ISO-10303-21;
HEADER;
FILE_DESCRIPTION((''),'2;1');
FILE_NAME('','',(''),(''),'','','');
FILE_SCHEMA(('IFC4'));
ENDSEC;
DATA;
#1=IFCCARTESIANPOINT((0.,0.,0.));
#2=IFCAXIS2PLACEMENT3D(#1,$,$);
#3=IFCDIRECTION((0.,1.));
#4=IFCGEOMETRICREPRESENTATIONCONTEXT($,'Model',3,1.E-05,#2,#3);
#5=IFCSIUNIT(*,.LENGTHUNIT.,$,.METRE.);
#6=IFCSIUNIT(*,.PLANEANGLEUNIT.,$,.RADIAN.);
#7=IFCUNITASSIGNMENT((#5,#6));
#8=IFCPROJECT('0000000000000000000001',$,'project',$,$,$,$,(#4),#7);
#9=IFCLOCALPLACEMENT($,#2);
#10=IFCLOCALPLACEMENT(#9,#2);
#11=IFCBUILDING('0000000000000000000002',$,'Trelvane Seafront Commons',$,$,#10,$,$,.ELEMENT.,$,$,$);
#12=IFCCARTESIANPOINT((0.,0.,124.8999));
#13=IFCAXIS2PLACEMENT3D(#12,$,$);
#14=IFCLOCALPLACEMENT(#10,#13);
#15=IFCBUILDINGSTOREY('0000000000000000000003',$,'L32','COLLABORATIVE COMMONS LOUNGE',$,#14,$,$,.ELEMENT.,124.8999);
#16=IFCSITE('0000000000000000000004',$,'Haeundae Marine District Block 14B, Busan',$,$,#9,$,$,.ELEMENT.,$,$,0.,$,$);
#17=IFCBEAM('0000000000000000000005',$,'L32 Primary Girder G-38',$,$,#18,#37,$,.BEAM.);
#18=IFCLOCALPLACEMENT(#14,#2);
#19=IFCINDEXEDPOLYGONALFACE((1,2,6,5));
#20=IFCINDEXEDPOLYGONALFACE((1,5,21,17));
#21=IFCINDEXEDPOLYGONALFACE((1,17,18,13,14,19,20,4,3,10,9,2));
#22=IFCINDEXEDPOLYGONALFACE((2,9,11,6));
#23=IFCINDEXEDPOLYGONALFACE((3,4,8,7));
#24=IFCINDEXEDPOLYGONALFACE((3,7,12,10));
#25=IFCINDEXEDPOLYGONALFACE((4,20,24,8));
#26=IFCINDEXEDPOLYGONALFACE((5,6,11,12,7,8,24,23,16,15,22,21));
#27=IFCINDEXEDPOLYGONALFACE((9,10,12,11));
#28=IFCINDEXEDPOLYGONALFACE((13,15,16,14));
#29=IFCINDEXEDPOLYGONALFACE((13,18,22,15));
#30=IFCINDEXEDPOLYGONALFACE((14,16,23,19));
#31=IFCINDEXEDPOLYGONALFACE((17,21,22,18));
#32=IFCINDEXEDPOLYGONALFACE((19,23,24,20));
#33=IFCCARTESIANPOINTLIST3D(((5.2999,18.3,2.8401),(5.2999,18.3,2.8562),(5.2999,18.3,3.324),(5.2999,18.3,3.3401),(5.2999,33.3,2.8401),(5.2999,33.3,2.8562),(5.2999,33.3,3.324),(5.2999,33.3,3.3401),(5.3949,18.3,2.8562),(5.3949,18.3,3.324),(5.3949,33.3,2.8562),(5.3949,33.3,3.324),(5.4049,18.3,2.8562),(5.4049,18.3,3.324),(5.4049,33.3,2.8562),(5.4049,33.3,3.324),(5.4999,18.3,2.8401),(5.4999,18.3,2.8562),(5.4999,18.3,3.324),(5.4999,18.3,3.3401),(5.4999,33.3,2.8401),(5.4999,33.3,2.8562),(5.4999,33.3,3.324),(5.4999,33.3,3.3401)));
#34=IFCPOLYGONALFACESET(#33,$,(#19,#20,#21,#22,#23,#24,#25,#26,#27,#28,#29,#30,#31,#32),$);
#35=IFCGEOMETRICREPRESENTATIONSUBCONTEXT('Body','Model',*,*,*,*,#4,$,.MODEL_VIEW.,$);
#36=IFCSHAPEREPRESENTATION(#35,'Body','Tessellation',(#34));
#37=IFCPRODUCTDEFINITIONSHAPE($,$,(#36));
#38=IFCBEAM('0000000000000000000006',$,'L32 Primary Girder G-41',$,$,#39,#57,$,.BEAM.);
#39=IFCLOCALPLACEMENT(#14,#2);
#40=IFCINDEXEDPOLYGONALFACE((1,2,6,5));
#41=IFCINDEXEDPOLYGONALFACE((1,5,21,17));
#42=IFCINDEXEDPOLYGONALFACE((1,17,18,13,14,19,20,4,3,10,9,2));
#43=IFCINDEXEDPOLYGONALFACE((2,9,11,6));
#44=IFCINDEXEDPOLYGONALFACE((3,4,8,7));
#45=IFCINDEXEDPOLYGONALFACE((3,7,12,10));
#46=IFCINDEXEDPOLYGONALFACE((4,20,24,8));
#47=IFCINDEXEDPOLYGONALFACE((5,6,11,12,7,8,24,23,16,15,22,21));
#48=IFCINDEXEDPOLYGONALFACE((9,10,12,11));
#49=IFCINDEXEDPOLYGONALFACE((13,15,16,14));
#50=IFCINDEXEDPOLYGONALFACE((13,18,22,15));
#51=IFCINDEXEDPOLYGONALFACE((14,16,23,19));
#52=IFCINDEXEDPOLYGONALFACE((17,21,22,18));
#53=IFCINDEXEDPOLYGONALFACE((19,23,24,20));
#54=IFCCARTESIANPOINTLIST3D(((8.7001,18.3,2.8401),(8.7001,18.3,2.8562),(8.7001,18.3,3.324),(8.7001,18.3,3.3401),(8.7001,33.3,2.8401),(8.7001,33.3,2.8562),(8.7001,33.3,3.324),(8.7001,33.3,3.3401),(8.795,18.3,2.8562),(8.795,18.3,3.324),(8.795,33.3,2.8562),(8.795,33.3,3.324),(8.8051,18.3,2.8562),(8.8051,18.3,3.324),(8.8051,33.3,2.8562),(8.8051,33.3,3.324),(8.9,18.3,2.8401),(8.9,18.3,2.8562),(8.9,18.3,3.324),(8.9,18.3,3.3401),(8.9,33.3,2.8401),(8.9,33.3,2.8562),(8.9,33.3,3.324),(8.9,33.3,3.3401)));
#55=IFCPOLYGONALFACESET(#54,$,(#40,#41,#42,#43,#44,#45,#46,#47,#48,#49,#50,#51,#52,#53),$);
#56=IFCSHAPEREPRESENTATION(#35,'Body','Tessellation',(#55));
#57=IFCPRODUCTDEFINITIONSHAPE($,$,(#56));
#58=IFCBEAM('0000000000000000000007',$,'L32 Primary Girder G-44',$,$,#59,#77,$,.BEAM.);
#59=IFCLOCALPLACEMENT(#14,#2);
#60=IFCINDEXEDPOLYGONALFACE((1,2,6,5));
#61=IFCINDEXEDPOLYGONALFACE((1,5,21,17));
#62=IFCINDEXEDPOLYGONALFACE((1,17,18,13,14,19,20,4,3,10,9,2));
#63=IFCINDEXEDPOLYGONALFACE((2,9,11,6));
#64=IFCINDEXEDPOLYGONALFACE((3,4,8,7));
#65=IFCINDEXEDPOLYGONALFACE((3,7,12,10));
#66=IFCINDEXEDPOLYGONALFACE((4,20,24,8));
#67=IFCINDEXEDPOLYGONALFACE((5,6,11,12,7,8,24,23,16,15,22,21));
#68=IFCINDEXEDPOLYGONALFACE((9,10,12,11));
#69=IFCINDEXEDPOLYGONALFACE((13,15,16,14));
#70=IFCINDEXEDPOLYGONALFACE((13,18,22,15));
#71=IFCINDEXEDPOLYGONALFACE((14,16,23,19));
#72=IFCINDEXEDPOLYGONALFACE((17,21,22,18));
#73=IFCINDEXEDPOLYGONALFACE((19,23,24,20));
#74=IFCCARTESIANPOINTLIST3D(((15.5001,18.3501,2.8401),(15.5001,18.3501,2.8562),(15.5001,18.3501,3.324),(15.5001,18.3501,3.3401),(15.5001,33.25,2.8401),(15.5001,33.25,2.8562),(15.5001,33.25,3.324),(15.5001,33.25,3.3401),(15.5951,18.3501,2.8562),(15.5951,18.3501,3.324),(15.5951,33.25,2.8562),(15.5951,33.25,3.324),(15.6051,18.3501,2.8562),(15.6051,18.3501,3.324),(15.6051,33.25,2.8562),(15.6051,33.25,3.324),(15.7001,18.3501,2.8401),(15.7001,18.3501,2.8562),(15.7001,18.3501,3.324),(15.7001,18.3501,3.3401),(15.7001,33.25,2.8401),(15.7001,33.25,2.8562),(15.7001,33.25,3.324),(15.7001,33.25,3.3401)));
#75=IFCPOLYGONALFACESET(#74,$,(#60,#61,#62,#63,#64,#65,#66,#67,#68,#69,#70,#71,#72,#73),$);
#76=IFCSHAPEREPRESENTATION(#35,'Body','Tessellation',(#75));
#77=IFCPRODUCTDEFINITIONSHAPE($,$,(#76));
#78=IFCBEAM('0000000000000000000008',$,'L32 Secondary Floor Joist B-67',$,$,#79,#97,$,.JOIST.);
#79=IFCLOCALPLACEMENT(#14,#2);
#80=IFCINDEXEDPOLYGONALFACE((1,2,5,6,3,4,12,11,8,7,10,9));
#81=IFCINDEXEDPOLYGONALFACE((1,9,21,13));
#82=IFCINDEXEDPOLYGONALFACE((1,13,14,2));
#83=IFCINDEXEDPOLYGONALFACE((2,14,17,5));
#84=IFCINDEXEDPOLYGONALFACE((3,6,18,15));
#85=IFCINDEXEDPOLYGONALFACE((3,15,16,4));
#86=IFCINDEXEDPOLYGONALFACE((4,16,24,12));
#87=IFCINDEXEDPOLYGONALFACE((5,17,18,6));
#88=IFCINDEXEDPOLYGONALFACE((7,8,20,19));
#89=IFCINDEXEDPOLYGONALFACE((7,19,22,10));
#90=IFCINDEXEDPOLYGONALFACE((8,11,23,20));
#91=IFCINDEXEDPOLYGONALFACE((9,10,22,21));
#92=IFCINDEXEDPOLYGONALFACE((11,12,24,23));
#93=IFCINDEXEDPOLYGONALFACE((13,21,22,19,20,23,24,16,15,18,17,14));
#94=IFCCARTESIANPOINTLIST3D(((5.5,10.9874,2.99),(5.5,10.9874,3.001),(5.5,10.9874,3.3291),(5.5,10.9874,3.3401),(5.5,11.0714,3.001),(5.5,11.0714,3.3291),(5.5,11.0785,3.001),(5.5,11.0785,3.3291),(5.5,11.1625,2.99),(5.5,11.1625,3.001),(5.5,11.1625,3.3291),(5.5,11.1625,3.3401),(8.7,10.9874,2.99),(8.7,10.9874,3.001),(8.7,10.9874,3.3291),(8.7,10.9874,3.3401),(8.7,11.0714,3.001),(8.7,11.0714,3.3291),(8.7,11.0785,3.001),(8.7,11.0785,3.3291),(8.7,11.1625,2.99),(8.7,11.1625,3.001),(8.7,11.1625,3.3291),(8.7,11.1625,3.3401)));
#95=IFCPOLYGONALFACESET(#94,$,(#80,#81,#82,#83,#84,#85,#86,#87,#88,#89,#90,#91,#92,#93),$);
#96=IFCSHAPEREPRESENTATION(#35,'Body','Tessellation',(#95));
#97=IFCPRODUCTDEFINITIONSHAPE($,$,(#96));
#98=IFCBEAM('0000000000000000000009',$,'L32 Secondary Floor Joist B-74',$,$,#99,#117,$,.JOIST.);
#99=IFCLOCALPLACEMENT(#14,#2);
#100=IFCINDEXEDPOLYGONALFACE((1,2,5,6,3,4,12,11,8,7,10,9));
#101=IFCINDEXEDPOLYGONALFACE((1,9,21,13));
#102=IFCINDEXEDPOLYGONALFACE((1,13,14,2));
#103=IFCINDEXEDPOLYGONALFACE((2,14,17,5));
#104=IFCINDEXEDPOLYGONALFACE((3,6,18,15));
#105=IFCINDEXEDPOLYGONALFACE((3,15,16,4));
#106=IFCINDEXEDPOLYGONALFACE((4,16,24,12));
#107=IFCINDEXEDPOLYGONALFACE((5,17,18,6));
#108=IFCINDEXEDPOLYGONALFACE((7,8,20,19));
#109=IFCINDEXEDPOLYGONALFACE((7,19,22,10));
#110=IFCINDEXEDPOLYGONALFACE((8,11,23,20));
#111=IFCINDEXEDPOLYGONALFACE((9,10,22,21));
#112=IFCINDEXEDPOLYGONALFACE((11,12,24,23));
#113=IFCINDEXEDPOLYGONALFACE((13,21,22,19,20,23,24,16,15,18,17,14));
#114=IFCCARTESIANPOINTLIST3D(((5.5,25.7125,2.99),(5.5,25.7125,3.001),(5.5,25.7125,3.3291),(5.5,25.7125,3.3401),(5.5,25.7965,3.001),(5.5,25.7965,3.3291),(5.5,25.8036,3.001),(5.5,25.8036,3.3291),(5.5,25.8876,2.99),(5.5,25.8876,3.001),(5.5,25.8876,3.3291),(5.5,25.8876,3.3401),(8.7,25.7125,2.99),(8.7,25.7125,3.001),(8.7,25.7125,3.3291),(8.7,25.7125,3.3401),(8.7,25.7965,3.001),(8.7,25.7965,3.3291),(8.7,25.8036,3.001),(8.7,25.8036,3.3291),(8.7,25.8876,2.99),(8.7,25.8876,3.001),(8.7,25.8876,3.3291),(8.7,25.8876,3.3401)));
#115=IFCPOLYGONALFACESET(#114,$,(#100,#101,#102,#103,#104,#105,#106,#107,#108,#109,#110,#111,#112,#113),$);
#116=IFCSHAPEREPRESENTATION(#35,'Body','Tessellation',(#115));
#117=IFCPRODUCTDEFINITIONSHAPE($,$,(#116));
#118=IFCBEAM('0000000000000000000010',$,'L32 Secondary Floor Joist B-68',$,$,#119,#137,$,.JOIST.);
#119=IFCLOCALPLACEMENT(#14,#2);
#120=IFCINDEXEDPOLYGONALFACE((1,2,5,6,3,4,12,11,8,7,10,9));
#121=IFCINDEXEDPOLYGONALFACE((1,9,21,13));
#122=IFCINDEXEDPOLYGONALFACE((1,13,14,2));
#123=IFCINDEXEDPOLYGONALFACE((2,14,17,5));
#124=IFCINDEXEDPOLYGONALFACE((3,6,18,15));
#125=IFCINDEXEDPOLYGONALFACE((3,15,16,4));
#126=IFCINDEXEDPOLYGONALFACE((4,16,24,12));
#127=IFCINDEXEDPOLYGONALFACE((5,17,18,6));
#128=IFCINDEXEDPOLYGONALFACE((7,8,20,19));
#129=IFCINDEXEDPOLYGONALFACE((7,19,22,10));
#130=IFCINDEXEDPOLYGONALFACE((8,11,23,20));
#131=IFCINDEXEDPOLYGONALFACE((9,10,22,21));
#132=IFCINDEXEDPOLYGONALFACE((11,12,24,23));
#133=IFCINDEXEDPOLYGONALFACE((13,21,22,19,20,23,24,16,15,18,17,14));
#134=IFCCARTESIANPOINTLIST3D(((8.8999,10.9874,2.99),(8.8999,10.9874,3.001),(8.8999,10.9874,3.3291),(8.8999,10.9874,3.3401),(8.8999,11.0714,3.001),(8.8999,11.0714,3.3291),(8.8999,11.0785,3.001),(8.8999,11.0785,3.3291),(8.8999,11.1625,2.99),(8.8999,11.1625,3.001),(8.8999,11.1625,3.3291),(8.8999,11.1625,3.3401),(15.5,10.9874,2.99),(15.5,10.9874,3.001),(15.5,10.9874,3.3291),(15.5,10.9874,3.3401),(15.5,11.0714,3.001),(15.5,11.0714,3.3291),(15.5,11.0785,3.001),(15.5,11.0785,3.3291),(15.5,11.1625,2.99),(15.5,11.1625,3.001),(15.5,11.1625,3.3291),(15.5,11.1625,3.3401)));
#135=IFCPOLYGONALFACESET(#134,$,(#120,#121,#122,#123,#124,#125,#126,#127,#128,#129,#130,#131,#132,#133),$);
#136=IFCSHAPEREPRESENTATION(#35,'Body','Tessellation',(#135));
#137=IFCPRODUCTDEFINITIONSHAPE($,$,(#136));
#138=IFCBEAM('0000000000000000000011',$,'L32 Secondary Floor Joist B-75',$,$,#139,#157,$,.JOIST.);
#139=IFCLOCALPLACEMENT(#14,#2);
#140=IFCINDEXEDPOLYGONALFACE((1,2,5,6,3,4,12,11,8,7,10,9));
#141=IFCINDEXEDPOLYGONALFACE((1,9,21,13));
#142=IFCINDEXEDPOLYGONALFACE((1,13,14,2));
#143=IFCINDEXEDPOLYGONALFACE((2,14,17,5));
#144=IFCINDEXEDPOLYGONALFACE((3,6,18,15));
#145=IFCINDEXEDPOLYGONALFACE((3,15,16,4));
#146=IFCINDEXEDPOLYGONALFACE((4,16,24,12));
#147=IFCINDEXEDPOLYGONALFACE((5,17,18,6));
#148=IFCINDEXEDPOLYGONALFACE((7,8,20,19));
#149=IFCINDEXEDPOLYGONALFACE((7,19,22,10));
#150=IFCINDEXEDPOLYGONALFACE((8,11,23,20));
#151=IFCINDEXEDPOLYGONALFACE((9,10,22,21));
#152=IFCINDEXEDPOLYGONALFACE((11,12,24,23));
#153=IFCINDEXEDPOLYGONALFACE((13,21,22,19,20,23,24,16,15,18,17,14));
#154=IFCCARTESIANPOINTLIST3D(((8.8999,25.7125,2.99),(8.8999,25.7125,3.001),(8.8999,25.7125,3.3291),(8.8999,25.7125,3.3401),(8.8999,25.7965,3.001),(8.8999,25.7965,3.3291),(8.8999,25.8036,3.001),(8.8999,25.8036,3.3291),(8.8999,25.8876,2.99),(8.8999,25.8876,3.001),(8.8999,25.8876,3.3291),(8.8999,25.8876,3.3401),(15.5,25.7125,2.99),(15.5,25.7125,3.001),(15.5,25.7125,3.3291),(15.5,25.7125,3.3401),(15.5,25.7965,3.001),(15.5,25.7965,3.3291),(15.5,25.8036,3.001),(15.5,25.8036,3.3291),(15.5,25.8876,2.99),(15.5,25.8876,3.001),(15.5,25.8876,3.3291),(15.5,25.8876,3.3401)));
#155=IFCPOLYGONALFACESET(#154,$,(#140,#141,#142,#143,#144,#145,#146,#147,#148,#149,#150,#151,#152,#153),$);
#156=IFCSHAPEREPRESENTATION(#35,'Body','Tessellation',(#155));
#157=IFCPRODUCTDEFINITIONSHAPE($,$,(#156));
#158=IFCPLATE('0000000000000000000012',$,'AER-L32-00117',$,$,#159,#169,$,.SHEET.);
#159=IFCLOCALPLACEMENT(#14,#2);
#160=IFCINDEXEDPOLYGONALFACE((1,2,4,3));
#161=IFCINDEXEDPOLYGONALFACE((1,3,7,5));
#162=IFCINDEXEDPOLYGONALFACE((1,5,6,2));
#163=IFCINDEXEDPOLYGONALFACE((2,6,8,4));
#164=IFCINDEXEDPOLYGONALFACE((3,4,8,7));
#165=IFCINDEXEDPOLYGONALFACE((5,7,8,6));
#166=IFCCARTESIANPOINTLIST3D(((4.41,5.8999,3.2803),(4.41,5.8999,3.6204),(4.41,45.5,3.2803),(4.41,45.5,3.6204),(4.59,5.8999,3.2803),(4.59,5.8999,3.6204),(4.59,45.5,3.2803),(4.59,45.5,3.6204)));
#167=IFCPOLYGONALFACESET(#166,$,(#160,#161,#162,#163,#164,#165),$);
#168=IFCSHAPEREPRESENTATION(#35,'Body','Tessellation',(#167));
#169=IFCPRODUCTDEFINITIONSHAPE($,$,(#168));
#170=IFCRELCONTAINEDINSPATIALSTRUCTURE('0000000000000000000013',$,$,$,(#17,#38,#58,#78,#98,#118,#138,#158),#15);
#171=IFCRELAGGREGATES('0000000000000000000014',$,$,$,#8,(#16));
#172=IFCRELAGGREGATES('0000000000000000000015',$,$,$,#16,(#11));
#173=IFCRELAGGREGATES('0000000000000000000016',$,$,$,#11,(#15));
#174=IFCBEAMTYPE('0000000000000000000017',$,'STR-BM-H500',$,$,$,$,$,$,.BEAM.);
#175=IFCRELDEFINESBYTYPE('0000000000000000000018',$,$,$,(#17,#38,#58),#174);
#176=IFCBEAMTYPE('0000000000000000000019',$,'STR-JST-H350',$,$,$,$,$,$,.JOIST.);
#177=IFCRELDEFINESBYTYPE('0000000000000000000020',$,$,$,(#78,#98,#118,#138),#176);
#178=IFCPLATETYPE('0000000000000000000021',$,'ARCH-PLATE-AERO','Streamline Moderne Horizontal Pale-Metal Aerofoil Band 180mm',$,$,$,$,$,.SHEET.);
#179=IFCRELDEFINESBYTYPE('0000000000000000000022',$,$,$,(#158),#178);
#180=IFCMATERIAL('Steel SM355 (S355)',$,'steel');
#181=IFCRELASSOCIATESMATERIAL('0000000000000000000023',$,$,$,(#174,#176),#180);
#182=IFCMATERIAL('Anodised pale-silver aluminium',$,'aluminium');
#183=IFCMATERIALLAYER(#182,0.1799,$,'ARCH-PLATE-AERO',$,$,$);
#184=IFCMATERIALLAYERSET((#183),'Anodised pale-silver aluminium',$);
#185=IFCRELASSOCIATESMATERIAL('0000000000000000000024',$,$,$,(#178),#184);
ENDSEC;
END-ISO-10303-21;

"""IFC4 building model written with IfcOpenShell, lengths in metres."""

from ifc_helpers import new_model, si_unit, direction, frame, origin, origin_2d, place, context, subcontext, project, spatial, rectangle, i_section, extrude, source, transform, mapped, material, layer, layer_set, material_profile, profile_set, type_object, element, save


model = new_model("IFC4")

# Units and contexts
model_context = context("Model", 3, precision=1e-05, world=origin(), true_north=direction((0.0, 1.0)))
body_context = subcontext(model_context, "Body", "Model", "MODEL_VIEW")
ifc_project = project(units=[si_unit("LENGTHUNIT", "METRE"), si_unit("PLANEANGLEUNIT", "RADIAN")], contexts=[model_context])

# Site, building, storey
site_placement = place(None, origin())
site = spatial("IfcSite", under=ifc_project, at=site_placement, Name="Haeundae Marine District Block 14B, Busan", CompositionType="ELEMENT", RefElevation=0.0)
building_placement = place(site_placement, origin())
building = spatial("IfcBuilding", under=site, at=building_placement, Name="Trelvane Seafront Commons", CompositionType="ELEMENT")
storey_placement = place(building_placement, frame((0.0, 0.0, 124.8999)))
storey = spatial("IfcBuildingStorey", under=building, at=storey_placement, Name="L32", Description="COLLABORATIVE COMMONS LOUNGE", CompositionType="ELEMENT", Elevation=124.8999)

# Shared definitions
ifc_material_1 = material(Name="Steel SM355 (S355)", Category="steel")

# Beams
ifc_material_profile_1 = material_profile(ifc_material_1, i_section(OverallWidth=0.2, OverallDepth=0.5, WebThickness=0.01, FlangeThickness=0.0161, at=origin_2d()), Name="H-500x200x10x16")
ifc_profile_set_1 = profile_set([ifc_material_profile_1], Name="Steel SM355 (S355)")
beam_type_1 = type_object("IfcBeamType", Name="STR-BM-H500", PredefinedType="BEAM", material=ifc_profile_set_1)
shared_shape_1 = source(origin(), body_context, "Body", "SweptSolid", [
    extrude(i_section(OverallWidth=0.2, OverallDepth=0.5, WebThickness=0.01, FlangeThickness=0.0161, at=origin_2d()), origin(), (0.0, 0.0, 1.0), 15.0),
])
for number, where, z_axis, x_axis, name in (
    (1, (5.3999, 18.3, 3.0901), (0.0, 1.0, 0.0), (-1.0, 0.0, 0.0), "L32 Primary Girder G-38"),
    (2, (8.8, 18.3, 3.0901), (0.0, 1.0, 0.0), (-1.0, 0.0, 0.0), "L32 Primary Girder G-41"),
):
    element("IfcBeam", number, at=place(storey_placement, frame(where, z_axis=z_axis, x_axis=x_axis)), inside=storey, type_object=beam_type_1, Name=name, PredefinedType="BEAM", context=body_context, shape_type="MappedRepresentation", body=[
        mapped(shared_shape_1, transform((0.0, 0.0, 0.0), x_axis=(1.0, 0.0, 0.0), y_axis=(0.0, 1.0, 0.0), z_axis=(0.0, 0.0, 1.0), scale=1.0)),
    ])
shared_shape_2 = source(origin(), body_context, "Body", "SweptSolid", [
    extrude(i_section(OverallWidth=0.2, OverallDepth=0.5, WebThickness=0.01, FlangeThickness=0.0161, at=origin_2d()), origin(), (0.0, 0.0, 1.0), 14.8999),
])
beam_placement = place(storey_placement, frame((15.6001, 18.3501, 3.0901), z_axis=(0.0, 1.0, 0.0), x_axis=(-1.0, 0.0, 0.0)))
element("IfcBeam", 3, at=beam_placement, inside=storey, type_object=beam_type_1, Name="L32 Primary Girder G-44", PredefinedType="BEAM", context=body_context, shape_type="MappedRepresentation", body=[
    mapped(shared_shape_2, transform((0.0, 0.0, 0.0), x_axis=(1.0, 0.0, 0.0), y_axis=(0.0, 1.0, 0.0), z_axis=(0.0, 0.0, 1.0), scale=1.0)),
])
ifc_material_profile_2 = material_profile(ifc_material_1, i_section(OverallWidth=0.175, OverallDepth=0.3501, WebThickness=0.0071, FlangeThickness=0.011, at=origin_2d()), Name="H-350x175x7x11")
ifc_profile_set_2 = profile_set([ifc_material_profile_2], Name="Steel SM355 (S355)")
beam_type_2 = type_object("IfcBeamType", Name="STR-JST-H350", PredefinedType="JOIST", material=ifc_profile_set_2)
shared_shape_3 = source(origin(), body_context, "Body", "SweptSolid", [
    extrude(i_section(OverallWidth=0.175, OverallDepth=0.3501, WebThickness=0.0071, FlangeThickness=0.011, at=origin_2d()), origin(), (0.0, 0.0, 1.0), 3.2),
])
for number, where, z_axis, x_axis, name in (
    (4, (5.5, 11.075, 3.165), (1.0, 0.0, 0.0), (0.0, 1.0, 0.0), "L32 Secondary Floor Joist B-67"),
    (5, (5.5, 25.8, 3.165), (1.0, 0.0, 0.0), (0.0, 1.0, 0.0), "L32 Secondary Floor Joist B-74"),
):
    element("IfcBeam", number, at=place(storey_placement, frame(where, z_axis=z_axis, x_axis=x_axis)), inside=storey, type_object=beam_type_2, Name=name, PredefinedType="JOIST", context=body_context, shape_type="MappedRepresentation", body=[
        mapped(shared_shape_3, transform((0.0, 0.0, 0.0), x_axis=(1.0, 0.0, 0.0), y_axis=(0.0, 1.0, 0.0), z_axis=(0.0, 0.0, 1.0), scale=1.0)),
    ])
shared_shape_4 = source(origin(), body_context, "Body", "SweptSolid", [
    extrude(i_section(OverallWidth=0.175, OverallDepth=0.3501, WebThickness=0.0071, FlangeThickness=0.011, at=origin_2d()), origin(), (0.0, 0.0, 1.0), 6.6001),
])
for number, where, z_axis, x_axis, name in (
    (6, (8.8999, 11.075, 3.165), (1.0, 0.0, 0.0), (0.0, 1.0, 0.0), "L32 Secondary Floor Joist B-68"),
    (7, (8.8999, 25.8, 3.165), (1.0, 0.0, 0.0), (0.0, 1.0, 0.0), "L32 Secondary Floor Joist B-75"),
):
    element("IfcBeam", number, at=place(storey_placement, frame(where, z_axis=z_axis, x_axis=x_axis)), inside=storey, type_object=beam_type_2, Name=name, PredefinedType="JOIST", context=body_context, shape_type="MappedRepresentation", body=[
        mapped(shared_shape_4, transform((0.0, 0.0, 0.0), x_axis=(1.0, 0.0, 0.0), y_axis=(0.0, 1.0, 0.0), z_axis=(0.0, 0.0, 1.0), scale=1.0)),
    ])

# Plate
ifc_material_2 = material(Name="Anodised pale-silver aluminium", Category="aluminium")
ifc_layer_1 = layer(ifc_material_2, 0.1799, Name="ARCH-PLATE-AERO")
ifc_layer_set_1 = layer_set([ifc_layer_1], Name="Anodised pale-silver aluminium")
plate_type = type_object("IfcPlateType", Name="ARCH-PLATE-AERO", Description="Streamline Moderne Horizontal Pale-Metal Aerofoil Band 180mm", PredefinedType="SHEET", material=ifc_layer_set_1)
shared_shape_5 = source(origin(), body_context, "Body", "SweptSolid", [
    extrude(rectangle(XDim=39.6001, YDim=0.1799, at=origin_2d()), origin(), (0.0, 0.0, 1.0), 0.3401),
])
plate_placement = place(storey_placement, frame((4.5, 25.7, 3.2803), z_axis=(0.0, 0.0, 1.0), x_axis=(0.0, 1.0, 0.0)))
element("IfcPlate", 8, at=plate_placement, inside=storey, type_object=plate_type, Name="AER-L32-00117", PredefinedType="SHEET", context=body_context, shape_type="MappedRepresentation", body=[
    mapped(shared_shape_5, transform((0.0, 0.0, 0.0), x_axis=(1.0, 0.0, 0.0), y_axis=(0.0, 1.0, 0.0), z_axis=(0.0, 0.0, 1.0), scale=1.0)),
])

save(model, "model.ifc")
